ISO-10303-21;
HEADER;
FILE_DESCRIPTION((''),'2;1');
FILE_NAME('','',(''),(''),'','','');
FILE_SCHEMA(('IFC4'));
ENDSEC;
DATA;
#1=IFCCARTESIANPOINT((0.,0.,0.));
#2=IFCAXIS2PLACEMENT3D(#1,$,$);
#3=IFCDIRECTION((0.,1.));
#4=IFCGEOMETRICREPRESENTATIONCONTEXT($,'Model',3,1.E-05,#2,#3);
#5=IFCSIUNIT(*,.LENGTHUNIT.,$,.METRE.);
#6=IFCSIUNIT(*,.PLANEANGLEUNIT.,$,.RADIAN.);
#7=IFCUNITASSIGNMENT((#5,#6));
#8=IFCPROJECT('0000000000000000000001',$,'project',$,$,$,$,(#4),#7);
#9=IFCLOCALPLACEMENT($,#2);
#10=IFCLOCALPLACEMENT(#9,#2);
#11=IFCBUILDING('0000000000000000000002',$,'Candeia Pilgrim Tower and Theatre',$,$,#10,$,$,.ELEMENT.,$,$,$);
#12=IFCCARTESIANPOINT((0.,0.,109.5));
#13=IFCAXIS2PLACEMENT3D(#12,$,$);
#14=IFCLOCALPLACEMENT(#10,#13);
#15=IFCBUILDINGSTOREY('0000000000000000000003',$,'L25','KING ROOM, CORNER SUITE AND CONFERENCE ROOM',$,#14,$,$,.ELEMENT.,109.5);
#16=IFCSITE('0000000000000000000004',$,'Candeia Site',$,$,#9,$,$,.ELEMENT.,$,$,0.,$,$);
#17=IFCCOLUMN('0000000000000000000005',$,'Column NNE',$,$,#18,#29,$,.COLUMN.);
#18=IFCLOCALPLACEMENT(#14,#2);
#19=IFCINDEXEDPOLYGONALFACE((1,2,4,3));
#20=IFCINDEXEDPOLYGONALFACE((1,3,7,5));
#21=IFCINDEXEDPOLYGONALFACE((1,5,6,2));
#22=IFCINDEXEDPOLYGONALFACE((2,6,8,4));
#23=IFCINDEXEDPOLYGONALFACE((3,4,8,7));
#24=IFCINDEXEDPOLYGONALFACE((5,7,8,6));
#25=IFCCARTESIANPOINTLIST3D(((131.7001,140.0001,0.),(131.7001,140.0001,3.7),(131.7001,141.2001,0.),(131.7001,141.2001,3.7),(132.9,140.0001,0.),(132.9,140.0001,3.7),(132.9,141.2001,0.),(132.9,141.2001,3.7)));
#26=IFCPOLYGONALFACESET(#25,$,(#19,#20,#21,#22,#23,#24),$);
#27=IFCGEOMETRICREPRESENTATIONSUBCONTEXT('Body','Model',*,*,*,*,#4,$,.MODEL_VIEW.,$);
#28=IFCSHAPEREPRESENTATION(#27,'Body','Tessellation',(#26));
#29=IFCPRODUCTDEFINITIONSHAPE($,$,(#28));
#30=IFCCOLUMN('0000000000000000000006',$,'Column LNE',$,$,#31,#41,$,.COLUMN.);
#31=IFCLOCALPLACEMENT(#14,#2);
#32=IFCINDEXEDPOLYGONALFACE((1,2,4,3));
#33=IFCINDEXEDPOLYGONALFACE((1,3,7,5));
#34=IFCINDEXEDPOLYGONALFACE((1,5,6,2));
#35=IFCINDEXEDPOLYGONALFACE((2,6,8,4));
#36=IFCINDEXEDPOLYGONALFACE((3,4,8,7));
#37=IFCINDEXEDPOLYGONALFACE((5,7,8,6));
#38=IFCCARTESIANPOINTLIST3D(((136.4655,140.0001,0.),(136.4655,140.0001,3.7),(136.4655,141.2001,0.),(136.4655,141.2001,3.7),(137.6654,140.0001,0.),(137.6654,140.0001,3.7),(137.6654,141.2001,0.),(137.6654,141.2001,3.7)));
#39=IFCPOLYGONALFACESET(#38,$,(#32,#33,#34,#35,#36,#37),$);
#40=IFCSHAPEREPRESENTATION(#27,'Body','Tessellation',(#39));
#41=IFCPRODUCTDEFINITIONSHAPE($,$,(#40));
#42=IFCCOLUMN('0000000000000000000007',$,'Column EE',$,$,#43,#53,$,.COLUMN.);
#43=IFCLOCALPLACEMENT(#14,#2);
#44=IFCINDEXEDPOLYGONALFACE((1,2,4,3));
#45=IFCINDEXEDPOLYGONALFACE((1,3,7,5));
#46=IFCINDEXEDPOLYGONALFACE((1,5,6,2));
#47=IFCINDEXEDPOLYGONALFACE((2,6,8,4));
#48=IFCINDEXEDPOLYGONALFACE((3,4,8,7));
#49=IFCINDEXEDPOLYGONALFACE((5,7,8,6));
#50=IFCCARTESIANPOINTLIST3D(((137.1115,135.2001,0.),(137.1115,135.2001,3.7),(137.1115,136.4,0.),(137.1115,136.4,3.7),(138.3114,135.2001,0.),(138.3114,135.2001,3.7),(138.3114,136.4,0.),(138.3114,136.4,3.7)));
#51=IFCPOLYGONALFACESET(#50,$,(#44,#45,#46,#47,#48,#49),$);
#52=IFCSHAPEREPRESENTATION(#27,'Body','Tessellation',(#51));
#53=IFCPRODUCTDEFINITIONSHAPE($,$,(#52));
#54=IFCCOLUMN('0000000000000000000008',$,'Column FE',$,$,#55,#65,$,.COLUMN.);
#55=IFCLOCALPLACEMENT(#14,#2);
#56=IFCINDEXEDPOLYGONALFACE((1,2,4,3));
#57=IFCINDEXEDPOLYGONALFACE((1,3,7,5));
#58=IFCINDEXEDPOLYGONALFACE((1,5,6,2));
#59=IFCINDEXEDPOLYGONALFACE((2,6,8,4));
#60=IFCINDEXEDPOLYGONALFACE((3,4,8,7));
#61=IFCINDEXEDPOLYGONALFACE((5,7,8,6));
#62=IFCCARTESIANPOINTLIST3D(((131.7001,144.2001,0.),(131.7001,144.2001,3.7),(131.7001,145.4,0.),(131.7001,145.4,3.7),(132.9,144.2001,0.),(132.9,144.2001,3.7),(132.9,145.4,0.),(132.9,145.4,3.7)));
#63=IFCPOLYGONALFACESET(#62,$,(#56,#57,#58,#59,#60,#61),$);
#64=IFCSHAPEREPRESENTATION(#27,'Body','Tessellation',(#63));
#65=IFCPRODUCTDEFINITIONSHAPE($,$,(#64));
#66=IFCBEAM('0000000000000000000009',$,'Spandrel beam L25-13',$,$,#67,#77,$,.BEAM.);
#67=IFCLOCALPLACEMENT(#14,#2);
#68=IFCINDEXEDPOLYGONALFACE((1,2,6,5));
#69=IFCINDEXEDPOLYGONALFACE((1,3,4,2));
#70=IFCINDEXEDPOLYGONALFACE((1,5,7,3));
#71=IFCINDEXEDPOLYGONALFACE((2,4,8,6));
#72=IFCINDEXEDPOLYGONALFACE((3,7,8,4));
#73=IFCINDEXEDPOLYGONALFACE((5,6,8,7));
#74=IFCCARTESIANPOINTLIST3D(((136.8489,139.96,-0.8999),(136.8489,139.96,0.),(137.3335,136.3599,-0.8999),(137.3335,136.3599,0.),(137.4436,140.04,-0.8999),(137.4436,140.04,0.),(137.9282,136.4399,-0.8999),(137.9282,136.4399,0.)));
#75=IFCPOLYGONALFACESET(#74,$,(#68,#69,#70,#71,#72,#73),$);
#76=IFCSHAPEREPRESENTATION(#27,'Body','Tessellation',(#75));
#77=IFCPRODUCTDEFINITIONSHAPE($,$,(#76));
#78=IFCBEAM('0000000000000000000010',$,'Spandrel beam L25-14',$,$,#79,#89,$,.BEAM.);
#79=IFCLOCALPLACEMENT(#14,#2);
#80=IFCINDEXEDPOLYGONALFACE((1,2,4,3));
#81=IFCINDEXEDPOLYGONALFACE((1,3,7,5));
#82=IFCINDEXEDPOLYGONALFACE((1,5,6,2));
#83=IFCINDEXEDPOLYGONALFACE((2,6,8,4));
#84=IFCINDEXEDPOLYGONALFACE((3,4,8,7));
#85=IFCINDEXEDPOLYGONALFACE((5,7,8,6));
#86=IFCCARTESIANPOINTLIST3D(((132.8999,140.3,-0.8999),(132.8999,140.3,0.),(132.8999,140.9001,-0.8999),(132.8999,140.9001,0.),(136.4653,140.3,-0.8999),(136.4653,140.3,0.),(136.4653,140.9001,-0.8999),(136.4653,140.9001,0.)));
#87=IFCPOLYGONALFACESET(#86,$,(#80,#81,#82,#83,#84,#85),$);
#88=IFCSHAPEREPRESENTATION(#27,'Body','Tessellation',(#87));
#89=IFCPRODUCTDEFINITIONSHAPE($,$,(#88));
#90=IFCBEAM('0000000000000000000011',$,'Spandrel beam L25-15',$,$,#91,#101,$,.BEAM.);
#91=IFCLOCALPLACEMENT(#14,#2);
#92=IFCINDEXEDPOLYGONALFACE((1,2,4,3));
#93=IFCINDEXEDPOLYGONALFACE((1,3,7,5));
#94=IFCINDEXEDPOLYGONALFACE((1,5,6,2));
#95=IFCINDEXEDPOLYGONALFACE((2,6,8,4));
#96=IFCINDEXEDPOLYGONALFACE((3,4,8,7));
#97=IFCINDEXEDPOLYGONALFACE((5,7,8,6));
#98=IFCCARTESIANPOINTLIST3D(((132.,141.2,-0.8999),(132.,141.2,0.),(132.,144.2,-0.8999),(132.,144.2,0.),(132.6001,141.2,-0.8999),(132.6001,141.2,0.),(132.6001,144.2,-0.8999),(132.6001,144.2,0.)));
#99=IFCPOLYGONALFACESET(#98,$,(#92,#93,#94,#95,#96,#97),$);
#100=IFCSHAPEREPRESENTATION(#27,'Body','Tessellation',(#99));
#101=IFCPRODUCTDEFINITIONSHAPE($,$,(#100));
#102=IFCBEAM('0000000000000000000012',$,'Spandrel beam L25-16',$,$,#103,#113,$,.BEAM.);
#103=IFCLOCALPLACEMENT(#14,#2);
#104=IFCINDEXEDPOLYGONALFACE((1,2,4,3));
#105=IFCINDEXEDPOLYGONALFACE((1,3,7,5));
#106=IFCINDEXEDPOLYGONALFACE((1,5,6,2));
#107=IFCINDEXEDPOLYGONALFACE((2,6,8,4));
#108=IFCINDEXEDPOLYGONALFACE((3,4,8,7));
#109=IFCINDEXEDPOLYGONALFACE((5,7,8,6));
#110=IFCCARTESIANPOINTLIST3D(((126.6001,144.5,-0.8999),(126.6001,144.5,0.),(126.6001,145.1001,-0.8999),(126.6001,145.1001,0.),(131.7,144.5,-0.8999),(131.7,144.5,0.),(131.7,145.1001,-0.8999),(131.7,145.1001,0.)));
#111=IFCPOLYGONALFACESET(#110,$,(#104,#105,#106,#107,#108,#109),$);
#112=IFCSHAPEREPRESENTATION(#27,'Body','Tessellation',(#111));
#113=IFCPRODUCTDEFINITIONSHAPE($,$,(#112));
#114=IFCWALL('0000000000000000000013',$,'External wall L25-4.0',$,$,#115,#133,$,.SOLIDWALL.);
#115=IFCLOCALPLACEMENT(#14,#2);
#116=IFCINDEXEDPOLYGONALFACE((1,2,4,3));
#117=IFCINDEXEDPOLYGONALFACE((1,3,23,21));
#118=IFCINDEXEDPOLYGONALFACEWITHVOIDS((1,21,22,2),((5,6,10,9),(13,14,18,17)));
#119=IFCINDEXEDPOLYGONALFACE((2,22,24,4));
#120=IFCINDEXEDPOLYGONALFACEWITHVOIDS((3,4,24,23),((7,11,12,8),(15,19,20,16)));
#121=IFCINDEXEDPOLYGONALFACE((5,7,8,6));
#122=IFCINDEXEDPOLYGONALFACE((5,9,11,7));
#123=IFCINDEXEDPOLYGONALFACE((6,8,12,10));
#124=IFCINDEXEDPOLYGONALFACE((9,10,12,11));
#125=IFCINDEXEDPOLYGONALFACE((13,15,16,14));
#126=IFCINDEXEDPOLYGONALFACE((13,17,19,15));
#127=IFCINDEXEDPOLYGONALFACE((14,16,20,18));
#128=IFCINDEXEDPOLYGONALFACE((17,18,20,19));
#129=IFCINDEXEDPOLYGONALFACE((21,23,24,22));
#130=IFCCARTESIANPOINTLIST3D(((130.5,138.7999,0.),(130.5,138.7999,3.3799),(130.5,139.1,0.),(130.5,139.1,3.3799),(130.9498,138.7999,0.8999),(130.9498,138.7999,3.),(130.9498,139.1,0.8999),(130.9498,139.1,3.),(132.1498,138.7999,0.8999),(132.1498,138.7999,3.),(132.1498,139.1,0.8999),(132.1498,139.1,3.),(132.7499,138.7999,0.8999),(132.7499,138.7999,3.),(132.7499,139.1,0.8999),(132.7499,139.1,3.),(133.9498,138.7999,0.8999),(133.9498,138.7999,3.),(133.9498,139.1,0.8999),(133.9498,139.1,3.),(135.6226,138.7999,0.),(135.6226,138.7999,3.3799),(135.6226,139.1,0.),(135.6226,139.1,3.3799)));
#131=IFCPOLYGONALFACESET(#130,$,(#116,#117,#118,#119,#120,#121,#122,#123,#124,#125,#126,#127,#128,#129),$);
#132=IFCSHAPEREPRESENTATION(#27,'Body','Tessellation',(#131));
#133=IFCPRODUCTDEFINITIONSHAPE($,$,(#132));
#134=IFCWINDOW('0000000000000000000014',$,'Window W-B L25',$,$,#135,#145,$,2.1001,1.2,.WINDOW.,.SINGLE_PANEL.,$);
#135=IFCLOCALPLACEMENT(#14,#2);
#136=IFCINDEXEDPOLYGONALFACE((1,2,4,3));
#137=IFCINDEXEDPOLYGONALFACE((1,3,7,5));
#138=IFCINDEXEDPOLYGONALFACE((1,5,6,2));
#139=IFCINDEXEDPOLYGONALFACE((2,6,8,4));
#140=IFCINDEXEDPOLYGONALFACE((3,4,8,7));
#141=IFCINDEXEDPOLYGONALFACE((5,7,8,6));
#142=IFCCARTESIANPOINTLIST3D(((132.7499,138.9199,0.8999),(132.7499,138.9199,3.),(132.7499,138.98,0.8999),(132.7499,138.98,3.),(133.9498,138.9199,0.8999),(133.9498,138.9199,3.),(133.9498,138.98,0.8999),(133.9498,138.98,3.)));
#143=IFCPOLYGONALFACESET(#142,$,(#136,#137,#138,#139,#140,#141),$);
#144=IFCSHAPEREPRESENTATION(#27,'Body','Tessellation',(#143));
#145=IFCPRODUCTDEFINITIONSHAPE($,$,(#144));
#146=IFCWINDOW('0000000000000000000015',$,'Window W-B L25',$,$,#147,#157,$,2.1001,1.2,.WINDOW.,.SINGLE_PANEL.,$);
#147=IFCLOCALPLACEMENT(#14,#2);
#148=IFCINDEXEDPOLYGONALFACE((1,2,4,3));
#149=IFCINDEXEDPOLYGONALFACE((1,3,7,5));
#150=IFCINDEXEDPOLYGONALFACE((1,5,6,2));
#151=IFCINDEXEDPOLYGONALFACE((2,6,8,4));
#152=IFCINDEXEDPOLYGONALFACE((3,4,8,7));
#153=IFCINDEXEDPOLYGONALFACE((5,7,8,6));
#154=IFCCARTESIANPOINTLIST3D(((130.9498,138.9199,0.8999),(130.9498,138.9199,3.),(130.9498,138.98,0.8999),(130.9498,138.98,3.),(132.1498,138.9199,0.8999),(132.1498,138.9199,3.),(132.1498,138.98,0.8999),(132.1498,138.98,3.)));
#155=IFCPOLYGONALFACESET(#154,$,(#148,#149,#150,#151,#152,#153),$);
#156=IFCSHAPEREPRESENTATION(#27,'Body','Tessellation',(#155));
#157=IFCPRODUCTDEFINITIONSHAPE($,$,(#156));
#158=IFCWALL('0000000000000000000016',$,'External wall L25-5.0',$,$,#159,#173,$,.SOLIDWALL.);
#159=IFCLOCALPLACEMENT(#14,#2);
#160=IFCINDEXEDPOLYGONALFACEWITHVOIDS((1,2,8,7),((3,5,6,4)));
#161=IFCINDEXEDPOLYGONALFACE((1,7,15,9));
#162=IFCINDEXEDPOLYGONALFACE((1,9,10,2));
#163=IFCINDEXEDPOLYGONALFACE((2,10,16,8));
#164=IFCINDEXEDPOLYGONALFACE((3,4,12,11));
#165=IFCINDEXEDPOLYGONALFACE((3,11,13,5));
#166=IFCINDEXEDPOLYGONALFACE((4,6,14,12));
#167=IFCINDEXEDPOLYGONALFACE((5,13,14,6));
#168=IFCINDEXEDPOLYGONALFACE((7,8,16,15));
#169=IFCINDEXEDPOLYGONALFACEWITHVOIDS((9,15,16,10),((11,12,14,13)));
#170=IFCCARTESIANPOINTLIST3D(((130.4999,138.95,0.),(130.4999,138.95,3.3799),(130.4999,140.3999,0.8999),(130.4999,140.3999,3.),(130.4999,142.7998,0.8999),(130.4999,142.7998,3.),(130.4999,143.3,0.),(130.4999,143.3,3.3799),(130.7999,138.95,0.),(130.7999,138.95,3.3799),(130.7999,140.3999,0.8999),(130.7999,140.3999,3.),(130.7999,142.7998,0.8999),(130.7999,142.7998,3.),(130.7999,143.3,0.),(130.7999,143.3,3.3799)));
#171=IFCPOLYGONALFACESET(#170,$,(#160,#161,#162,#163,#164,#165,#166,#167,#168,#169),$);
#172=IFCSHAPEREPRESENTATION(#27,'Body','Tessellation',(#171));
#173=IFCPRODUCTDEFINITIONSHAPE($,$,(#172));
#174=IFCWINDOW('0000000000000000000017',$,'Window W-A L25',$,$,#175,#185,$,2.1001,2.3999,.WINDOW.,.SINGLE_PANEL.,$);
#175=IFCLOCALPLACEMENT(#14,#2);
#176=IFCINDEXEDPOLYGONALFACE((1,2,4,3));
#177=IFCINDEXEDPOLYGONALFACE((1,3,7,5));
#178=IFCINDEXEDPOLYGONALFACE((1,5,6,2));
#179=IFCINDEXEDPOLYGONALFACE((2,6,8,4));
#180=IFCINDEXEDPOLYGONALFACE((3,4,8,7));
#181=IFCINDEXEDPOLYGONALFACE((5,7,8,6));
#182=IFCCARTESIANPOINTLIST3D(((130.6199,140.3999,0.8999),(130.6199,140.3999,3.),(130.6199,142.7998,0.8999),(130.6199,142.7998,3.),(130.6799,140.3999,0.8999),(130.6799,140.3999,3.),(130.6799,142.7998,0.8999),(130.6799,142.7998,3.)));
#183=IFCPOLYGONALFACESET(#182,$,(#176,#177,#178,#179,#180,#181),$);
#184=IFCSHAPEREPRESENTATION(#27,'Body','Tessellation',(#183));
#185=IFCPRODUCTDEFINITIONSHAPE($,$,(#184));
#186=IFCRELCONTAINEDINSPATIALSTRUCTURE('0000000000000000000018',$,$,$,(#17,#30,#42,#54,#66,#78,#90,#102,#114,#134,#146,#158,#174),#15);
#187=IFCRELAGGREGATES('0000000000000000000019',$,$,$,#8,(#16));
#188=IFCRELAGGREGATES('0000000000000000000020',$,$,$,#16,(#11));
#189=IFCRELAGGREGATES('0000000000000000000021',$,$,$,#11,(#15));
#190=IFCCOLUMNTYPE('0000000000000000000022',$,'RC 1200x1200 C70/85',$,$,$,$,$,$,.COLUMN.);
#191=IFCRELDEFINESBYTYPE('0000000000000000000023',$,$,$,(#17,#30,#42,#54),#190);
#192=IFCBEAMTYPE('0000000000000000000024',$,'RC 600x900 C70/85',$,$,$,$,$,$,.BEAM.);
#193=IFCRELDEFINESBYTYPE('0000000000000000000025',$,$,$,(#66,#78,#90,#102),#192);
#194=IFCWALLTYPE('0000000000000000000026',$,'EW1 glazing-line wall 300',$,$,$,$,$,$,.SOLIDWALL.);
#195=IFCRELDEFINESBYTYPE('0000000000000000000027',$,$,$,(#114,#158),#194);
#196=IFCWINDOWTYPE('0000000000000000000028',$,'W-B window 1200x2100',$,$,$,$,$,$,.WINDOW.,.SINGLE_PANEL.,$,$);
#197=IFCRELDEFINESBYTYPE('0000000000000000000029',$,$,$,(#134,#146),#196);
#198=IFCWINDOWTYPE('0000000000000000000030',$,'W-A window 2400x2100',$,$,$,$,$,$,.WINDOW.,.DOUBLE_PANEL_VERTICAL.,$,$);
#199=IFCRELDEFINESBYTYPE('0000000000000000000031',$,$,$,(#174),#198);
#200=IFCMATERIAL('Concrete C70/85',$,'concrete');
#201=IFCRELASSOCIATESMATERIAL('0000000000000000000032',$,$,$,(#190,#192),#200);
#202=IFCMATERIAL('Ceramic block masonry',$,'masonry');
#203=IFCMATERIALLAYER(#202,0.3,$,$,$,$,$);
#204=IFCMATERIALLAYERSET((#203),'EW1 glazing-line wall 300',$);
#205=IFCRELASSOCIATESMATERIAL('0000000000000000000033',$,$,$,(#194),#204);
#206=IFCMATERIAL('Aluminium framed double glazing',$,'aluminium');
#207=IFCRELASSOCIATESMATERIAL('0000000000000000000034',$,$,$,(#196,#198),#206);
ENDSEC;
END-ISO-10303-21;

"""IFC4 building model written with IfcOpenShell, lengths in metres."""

from ifc_helpers import new_model, si_unit, direction, frame, frame_2d, origin, origin_2d, place, context, subcontext, project, spatial, rectangle, extrude, material, layer, layer_set, material_profile, profile_set, type_object, element, fill, save


model = new_model("IFC4")

# Units and contexts
model_context = context("Model", 3, precision=1e-05, world=origin(), true_north=direction((0.0, 1.0)))
body_context = subcontext(model_context, "Body", "Model", "MODEL_VIEW")
ifc_project = project(units=[si_unit("LENGTHUNIT", "METRE"), si_unit("PLANEANGLEUNIT", "RADIAN")], contexts=[model_context])

# Site, building, storey
site_placement = place(None, origin())
site = spatial("IfcSite", under=ifc_project, at=site_placement, Name="Candeia Site", CompositionType="ELEMENT", RefElevation=0.0)
building_placement = place(site_placement, origin())
building = spatial("IfcBuilding", under=site, at=building_placement, Name="Candeia Pilgrim Tower and Theatre", CompositionType="ELEMENT")
storey_placement = place(building_placement, frame((0.0, 0.0, 109.5)))
storey = spatial("IfcBuildingStorey", under=building, at=storey_placement, Name="L25", Description="KING ROOM, CORNER SUITE AND CONFERENCE ROOM", CompositionType="ELEMENT", Elevation=109.5)

# Columns
ifc_material_1 = material(Name="Concrete C70/85", Category="concrete")
ifc_material_profile_1 = material_profile(ifc_material_1, rectangle(XDim=1.2, YDim=1.2, at=origin_2d()))
ifc_profile_set_1 = profile_set([ifc_material_profile_1], Name="Concrete C70/85")
column_type = type_object("IfcColumnType", Name="RC 1200x1200 C70/85", PredefinedType="COLUMN", material=ifc_profile_set_1)
for number, where, z_axis, x_axis, name in (
    (1, (132.3, 140.6001, 0.0), (0.0, 0.0, 1.0), (1.0, 0.0, 0.0), "Column NNE"),
    (2, (137.0654, 140.6001, 0.0), (0.0, 0.0, 1.0), (1.0, 0.0, 0.0), "Column LNE"),
    (3, (137.7114, 135.8, 0.0), (0.0, 0.0, 1.0), (1.0, 0.0, 0.0), "Column EE"),
    (4, (132.3, 144.8, 0.0), (0.0, 0.0, 1.0), (1.0, 0.0, 0.0), "Column FE"),
):
    element("IfcColumn", number, at=place(storey_placement, frame(where, z_axis=z_axis, x_axis=x_axis)), inside=storey, type_object=column_type, Name=name, PredefinedType="COLUMN", context=body_context, shape_type="SweptSolid", body=[
        extrude(rectangle(XDim=1.2, YDim=1.2, at=origin_2d()), origin(), (0.0, 0.0, 1.0), 3.7),
    ])

# Beams
ifc_material_profile_2 = material_profile(ifc_material_1, rectangle(XDim=0.6001, YDim=0.8999, at=origin_2d()))
ifc_profile_set_2 = profile_set([ifc_material_profile_2], Name="Concrete C70/85")
beam_type = type_object("IfcBeamType", Name="RC 600x900 C70/85", PredefinedType="BEAM", material=ifc_profile_set_2)
beam_1_placement = place(storey_placement, frame((137.6309, 136.3999, -0.45), z_axis=(-0.133409, 0.991061, 0.0), x_axis=(-0.991061, -0.133409, 0.0)))
element("IfcBeam", 5, at=beam_1_placement, inside=storey, type_object=beam_type, Name="Spandrel beam L25-13", PredefinedType="BEAM", context=body_context, shape_type="SweptSolid", body=[
    extrude(rectangle(XDim=0.6001, YDim=0.8999, at=origin_2d()), origin(), (0.0, 0.0, 1.0), 3.6326),
])
beam_2_placement = place(storey_placement, frame((136.4653, 140.6001, -0.45), z_axis=(-1.0, 0.0, 0.0), x_axis=(0.0, -1.0, 0.0)))
element("IfcBeam", 6, at=beam_2_placement, inside=storey, type_object=beam_type, Name="Spandrel beam L25-14", PredefinedType="BEAM", context=body_context, shape_type="SweptSolid", body=[
    extrude(rectangle(XDim=0.6001, YDim=0.8999, at=origin_2d()), origin(), (0.0, 0.0, 1.0), 3.5654),
])
beam_3_placement = place(storey_placement, frame((132.3, 141.2, -0.45), z_axis=(0.0, 1.0, 0.0), x_axis=(-1.0, 0.0, 0.0)))
element("IfcBeam", 7, at=beam_3_placement, inside=storey, type_object=beam_type, Name="Spandrel beam L25-15", PredefinedType="BEAM", context=body_context, shape_type="SweptSolid", body=[
    extrude(rectangle(XDim=0.6001, YDim=0.8999, at=origin_2d()), origin(), (0.0, 0.0, 1.0), 3.0),
])
beam_4_placement = place(storey_placement, frame((131.7, 144.8, -0.45), z_axis=(-1.0, 0.0, 0.0), x_axis=(0.0, -1.0, 0.0)))
element("IfcBeam", 8, at=beam_4_placement, inside=storey, type_object=beam_type, Name="Spandrel beam L25-16", PredefinedType="BEAM", context=body_context, shape_type="SweptSolid", body=[
    extrude(rectangle(XDim=0.6001, YDim=0.8999, at=origin_2d()), origin(), (0.0, 0.0, 1.0), 5.0999),
])

# Wall, openings, windows
ifc_material_2 = material(Name="Ceramic block masonry", Category="masonry")
ifc_layer_1 = layer(ifc_material_2, 0.3)
ifc_layer_set_1 = layer_set([ifc_layer_1], Name="EW1 glazing-line wall 300")
wall_type_1 = type_object("IfcWallType", Name="EW1 glazing-line wall 300", PredefinedType="SOLIDWALL", material=ifc_layer_set_1)
wall_1_placement = place(storey_placement, frame((135.6226, 138.95, 0.0), z_axis=(0.0, 0.0, 1.0), x_axis=(-1.0, 0.0, 0.0)))
wall_1 = element("IfcWall", 9, at=wall_1_placement, inside=storey, type_object=wall_type_1, Name="External wall L25-4.0", PredefinedType="SOLIDWALL", context=body_context, shape_type="SweptSolid", body=[
    extrude(rectangle(XDim=5.1226, YDim=0.3, at=frame_2d((2.5613, 0.0))), origin(), (0.0, 0.0, 1.0), 3.3799),
])
opening_1_placement = place(wall_1_placement, frame((1.6726, 0.0, 0.8999)))
opening_1 = element("IfcOpeningElement", 10, at=opening_1_placement, cuts=wall_1, PredefinedType="OPENING", context=body_context, shape_type="SweptSolid", body=[
    extrude(rectangle(XDim=1.2, YDim=2.1001, at=frame_2d((0.6001, 1.05))), frame((0.0, 0.1602, 0.0), z_axis=(0.0, -1.0, 0.0), x_axis=(1.0, 0.0, 0.0)), (0.0, 0.0, 1.0), 0.3201),
])
opening_2_placement = place(wall_1_placement, frame((3.4727, 0.0, 0.8999)))
opening_2 = element("IfcOpeningElement", 11, at=opening_2_placement, cuts=wall_1, PredefinedType="OPENING", context=body_context, shape_type="SweptSolid", body=[
    extrude(rectangle(XDim=1.2, YDim=2.1001, at=frame_2d((0.6001, 1.05))), frame((0.0, 0.1602, 0.0), z_axis=(0.0, -1.0, 0.0), x_axis=(1.0, 0.0, 0.0)), (0.0, 0.0, 1.0), 0.3201),
])
ifc_material_3 = material(Name="Aluminium framed double glazing", Category="aluminium")
window_type_1 = type_object("IfcWindowType", Name="W-B window 1200x2100", PartitioningType="SINGLE_PANEL", PredefinedType="WINDOW", material=ifc_material_3)
window_1_placement = place(opening_1_placement, origin())
window_1 = element("IfcWindow", 12, at=window_1_placement, inside=storey, type_object=window_type_1, Name="Window W-B L25", OverallHeight=2.1001, OverallWidth=1.2, PartitioningType="SINGLE_PANEL", PredefinedType="WINDOW", context=body_context, shape_type="SweptSolid", body=[
    extrude(rectangle(XDim=1.2, YDim=2.1001, at=frame_2d((0.6001, 1.05))), frame((0.0, 0.03, 0.0), z_axis=(0.0, -1.0, 0.0), x_axis=(1.0, 0.0, 0.0)), (0.0, 0.0, 1.0), 0.0601),
])
fill(opening_1, window_1)
window_2_placement = place(opening_2_placement, origin())
window_2 = element("IfcWindow", 13, at=window_2_placement, inside=storey, type_object=window_type_1, Name="Window W-B L25", OverallHeight=2.1001, OverallWidth=1.2, PartitioningType="SINGLE_PANEL", PredefinedType="WINDOW", context=body_context, shape_type="SweptSolid", body=[
    extrude(rectangle(XDim=1.2, YDim=2.1001, at=frame_2d((0.6001, 1.05))), frame((0.0, 0.03, 0.0), z_axis=(0.0, -1.0, 0.0), x_axis=(1.0, 0.0, 0.0)), (0.0, 0.0, 1.0), 0.0601),
])
fill(opening_2, window_2)

# Wall, opening, window
wall_2_placement = place(storey_placement, frame((130.6499, 138.95, 0.0), z_axis=(0.0, 0.0, 1.0), x_axis=(0.0, 1.0, 0.0)))
wall_2 = element("IfcWall", 14, at=wall_2_placement, inside=storey, type_object=wall_type_1, Name="External wall L25-5.0", PredefinedType="SOLIDWALL", context=body_context, shape_type="SweptSolid", body=[
    extrude(rectangle(XDim=4.3501, YDim=0.3, at=frame_2d((2.175, 0.0))), origin(), (0.0, 0.0, 1.0), 3.3799),
])
opening_3_placement = place(wall_2_placement, frame((1.45, 0.0, 0.8999)))
opening_3 = element("IfcOpeningElement", 15, at=opening_3_placement, cuts=wall_2, PredefinedType="OPENING", context=body_context, shape_type="SweptSolid", body=[
    extrude(rectangle(XDim=2.3999, YDim=2.1001, at=frame_2d((1.2, 1.05))), frame((0.0, 0.1602, 0.0), z_axis=(0.0, -1.0, 0.0), x_axis=(1.0, 0.0, 0.0)), (0.0, 0.0, 1.0), 0.3201),
])
window_type_2 = type_object("IfcWindowType", Name="W-A window 2400x2100", PartitioningType="DOUBLE_PANEL_VERTICAL", PredefinedType="WINDOW", material=ifc_material_3)
window_3_placement = place(opening_3_placement, origin())
window_3 = element("IfcWindow", 16, at=window_3_placement, inside=storey, type_object=window_type_2, Name="Window W-A L25", OverallHeight=2.1001, OverallWidth=2.3999, PartitioningType="SINGLE_PANEL", PredefinedType="WINDOW", context=body_context, shape_type="SweptSolid", body=[
    extrude(rectangle(XDim=2.3999, YDim=2.1001, at=frame_2d((1.2, 1.05))), frame((0.0, 0.03, 0.0), z_axis=(0.0, -1.0, 0.0), x_axis=(1.0, 0.0, 0.0)), (0.0, 0.0, 1.0), 0.0601),
])
fill(opening_3, window_3)

save(model, "model.ifc")
